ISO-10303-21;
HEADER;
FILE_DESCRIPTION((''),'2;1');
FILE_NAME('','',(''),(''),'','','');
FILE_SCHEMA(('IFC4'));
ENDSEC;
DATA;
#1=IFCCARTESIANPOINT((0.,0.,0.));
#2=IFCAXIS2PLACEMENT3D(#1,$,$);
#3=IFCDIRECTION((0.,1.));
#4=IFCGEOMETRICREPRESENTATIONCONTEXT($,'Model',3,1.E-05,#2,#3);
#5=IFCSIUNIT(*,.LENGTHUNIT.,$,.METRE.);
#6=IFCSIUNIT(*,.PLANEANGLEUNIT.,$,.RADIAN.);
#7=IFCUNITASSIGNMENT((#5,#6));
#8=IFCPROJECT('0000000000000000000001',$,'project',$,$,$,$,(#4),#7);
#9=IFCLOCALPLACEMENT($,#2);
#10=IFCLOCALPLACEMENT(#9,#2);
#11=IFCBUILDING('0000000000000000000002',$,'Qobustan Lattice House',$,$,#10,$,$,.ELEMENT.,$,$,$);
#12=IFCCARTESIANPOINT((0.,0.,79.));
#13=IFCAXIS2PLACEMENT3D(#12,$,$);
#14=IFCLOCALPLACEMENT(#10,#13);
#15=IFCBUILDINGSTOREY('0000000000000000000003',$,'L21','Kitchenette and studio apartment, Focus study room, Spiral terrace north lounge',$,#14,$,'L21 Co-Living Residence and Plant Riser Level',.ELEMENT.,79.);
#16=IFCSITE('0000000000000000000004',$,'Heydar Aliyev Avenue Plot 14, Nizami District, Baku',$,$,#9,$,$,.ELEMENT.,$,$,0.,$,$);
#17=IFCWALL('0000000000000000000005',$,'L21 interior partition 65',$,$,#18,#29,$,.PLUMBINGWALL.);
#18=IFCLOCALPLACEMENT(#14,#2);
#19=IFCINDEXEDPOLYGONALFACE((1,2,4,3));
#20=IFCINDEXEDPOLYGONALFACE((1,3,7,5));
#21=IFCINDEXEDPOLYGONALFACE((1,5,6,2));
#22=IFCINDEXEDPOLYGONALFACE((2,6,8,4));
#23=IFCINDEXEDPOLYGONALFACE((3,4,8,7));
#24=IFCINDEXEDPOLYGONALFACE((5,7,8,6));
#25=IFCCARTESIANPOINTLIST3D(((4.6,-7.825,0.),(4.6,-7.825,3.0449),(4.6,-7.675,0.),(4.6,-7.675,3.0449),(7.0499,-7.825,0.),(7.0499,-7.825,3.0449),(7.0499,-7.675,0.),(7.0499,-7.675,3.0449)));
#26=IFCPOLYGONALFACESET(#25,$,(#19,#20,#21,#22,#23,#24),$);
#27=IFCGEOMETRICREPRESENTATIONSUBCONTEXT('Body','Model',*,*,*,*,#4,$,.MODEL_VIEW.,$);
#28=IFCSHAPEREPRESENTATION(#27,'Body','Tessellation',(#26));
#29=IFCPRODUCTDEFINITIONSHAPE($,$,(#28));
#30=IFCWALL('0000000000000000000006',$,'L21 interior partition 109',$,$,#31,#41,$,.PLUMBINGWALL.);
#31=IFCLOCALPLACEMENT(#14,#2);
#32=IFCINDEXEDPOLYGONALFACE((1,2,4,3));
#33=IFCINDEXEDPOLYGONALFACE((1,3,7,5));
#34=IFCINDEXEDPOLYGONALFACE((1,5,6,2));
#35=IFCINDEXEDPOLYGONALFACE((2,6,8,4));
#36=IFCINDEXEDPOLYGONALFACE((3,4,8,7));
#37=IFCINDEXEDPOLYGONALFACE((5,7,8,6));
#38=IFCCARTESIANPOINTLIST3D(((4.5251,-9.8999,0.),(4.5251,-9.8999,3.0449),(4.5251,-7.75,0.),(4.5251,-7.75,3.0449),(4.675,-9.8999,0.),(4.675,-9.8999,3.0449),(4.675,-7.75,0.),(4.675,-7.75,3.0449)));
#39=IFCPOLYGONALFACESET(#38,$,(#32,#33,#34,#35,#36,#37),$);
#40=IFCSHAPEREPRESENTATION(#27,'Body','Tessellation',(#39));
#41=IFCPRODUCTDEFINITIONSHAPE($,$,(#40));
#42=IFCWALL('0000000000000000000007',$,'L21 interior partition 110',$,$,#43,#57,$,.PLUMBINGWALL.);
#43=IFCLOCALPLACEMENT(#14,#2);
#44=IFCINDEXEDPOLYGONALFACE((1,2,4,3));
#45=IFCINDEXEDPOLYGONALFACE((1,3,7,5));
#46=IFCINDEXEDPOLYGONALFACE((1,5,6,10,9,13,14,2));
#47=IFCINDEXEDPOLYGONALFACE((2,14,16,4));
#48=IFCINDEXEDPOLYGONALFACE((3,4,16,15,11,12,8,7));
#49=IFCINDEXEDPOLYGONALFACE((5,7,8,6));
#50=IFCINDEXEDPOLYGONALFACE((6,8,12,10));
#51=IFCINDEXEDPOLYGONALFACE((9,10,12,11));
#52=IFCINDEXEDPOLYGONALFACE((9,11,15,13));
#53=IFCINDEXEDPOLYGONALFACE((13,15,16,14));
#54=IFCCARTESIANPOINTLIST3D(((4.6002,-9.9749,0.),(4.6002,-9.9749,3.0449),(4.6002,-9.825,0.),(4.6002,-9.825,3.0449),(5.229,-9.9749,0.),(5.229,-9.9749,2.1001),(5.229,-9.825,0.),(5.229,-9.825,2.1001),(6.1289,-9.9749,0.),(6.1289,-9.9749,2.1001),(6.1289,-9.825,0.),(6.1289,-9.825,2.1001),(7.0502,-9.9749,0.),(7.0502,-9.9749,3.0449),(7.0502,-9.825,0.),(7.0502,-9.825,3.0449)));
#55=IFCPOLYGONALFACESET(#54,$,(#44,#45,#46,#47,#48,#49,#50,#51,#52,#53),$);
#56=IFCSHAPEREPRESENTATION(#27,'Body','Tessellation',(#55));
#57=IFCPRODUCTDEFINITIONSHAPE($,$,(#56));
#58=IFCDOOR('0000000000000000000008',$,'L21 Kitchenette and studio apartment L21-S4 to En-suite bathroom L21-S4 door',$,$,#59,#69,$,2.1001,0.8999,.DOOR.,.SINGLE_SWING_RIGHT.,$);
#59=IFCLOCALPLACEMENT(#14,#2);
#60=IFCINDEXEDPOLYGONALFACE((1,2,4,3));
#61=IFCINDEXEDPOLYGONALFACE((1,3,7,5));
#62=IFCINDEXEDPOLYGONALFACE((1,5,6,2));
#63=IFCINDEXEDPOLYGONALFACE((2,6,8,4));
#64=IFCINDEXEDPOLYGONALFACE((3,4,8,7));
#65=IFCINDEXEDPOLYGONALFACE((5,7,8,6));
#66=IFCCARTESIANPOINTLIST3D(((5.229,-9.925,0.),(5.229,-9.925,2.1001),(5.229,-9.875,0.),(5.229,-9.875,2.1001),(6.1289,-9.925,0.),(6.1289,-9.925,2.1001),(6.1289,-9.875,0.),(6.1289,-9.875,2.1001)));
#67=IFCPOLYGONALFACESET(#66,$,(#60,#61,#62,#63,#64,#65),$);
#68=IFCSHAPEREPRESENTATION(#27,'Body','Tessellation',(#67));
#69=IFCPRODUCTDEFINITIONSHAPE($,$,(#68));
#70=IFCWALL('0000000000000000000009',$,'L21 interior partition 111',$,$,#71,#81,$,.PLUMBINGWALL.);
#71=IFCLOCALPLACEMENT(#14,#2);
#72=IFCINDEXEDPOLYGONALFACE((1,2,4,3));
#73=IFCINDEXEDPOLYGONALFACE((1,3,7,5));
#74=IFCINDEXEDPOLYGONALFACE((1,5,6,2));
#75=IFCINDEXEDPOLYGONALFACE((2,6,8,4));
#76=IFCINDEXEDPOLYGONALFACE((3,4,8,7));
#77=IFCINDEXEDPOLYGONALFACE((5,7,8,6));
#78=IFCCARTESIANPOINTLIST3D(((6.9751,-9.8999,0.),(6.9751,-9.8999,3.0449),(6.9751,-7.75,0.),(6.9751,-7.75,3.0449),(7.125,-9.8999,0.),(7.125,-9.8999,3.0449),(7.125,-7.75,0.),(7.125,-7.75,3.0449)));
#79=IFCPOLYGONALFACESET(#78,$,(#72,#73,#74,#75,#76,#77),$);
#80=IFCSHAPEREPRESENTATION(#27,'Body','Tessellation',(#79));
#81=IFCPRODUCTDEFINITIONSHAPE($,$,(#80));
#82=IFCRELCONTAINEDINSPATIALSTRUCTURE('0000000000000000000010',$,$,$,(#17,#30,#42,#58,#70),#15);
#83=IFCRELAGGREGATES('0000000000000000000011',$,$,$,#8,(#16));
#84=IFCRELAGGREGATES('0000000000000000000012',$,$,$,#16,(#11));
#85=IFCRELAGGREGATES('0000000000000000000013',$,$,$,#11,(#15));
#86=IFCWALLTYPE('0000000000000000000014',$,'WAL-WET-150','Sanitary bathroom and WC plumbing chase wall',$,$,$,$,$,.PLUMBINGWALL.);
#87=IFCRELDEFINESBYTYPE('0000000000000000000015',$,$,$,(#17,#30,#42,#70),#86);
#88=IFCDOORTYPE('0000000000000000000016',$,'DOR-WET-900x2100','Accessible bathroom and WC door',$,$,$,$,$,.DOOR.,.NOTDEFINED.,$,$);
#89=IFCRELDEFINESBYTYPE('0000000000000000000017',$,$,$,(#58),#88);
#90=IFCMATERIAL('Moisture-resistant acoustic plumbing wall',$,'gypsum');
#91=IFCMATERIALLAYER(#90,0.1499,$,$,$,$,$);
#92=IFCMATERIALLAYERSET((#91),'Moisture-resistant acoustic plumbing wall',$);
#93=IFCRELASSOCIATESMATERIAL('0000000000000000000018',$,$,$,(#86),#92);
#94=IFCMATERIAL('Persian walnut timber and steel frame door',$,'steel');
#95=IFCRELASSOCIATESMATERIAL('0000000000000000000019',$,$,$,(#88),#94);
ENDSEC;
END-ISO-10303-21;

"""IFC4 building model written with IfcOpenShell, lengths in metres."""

from ifc_helpers import new_model, si_unit, direction, frame, frame_2d, origin, place, context, subcontext, project, spatial, rectangle, extrude, material, layer, layer_set, type_object, element, fill, save


model = new_model("IFC4")

# Units and contexts
model_context = context("Model", 3, precision=1e-05, world=origin(), true_north=direction((0.0, 1.0)))
body_context = subcontext(model_context, "Body", "Model", "MODEL_VIEW")
ifc_project = project(units=[si_unit("LENGTHUNIT", "METRE"), si_unit("PLANEANGLEUNIT", "RADIAN")], contexts=[model_context])

# Site, building, storey
site_placement = place(None, origin())
site = spatial("IfcSite", under=ifc_project, at=site_placement, Name="Heydar Aliyev Avenue Plot 14, Nizami District, Baku", CompositionType="ELEMENT", RefElevation=0.0)
building_placement = place(site_placement, origin())
building = spatial("IfcBuilding", under=site, at=building_placement, Name="Qobustan Lattice House", CompositionType="ELEMENT")
storey_placement = place(building_placement, frame((0.0, 0.0, 79.0)))
storey = spatial("IfcBuildingStorey", under=building, at=storey_placement, Name="L21", Description="Kitchenette and studio apartment, Focus study room, Spiral terrace north lounge", LongName="L21 Co-Living Residence and Plant Riser Level", CompositionType="ELEMENT", Elevation=79.0)

# Walls
ifc_material_1 = material(Name="Moisture-resistant acoustic plumbing wall", Category="gypsum")
ifc_layer_1 = layer(ifc_material_1, 0.1499)
ifc_layer_set_1 = layer_set([ifc_layer_1], Name="Moisture-resistant acoustic plumbing wall")
wall_type_1 = type_object("IfcWallType", Name="WAL-WET-150", Description="Sanitary bathroom and WC plumbing chase wall", PredefinedType="PLUMBINGWALL", material=ifc_layer_set_1)
wall_1_placement = place(storey_placement, frame((7.05, -7.75, 0.0), z_axis=(0.0, 0.0, 1.0), x_axis=(-1.0, 0.0, 0.0)))
element("IfcWall", 1, at=wall_1_placement, inside=storey, type_object=wall_type_1, Name="L21 interior partition 65", PredefinedType="PLUMBINGWALL", context=body_context, shape_type="SweptSolid", body=[
    extrude(rectangle(XDim=2.45, YDim=0.1499, at=frame_2d((1.2251, 0.0))), origin(), (0.0, 0.0, 1.0), 3.0449),
])
wall_2_placement = place(storey_placement, frame((4.6001, -7.75, 0.0), z_axis=(0.0, 0.0, 1.0), x_axis=(0.0, -1.0, 0.0)))
element("IfcWall", 2, at=wall_2_placement, inside=storey, type_object=wall_type_1, Name="L21 interior partition 109", PredefinedType="PLUMBINGWALL", context=body_context, shape_type="SweptSolid", body=[
    extrude(rectangle(XDim=2.1499, YDim=0.1499, at=frame_2d((1.075, 0.0))), origin(), (0.0, 0.0, 1.0), 3.0449),
])

# Wall, opening, door
wall_3_placement = place(storey_placement, frame((4.6001, -9.8999, 0.0), z_axis=(0.0, 0.0, 1.0), x_axis=(1.0, 0.0, 0.0)))
wall_3 = element("IfcWall", 3, at=wall_3_placement, inside=storey, type_object=wall_type_1, Name="L21 interior partition 110", PredefinedType="PLUMBINGWALL", context=body_context, shape_type="SweptSolid", body=[
    extrude(rectangle(XDim=2.45, YDim=0.1499, at=frame_2d((1.2251, 0.0))), origin(), (0.0, 0.0, 1.0), 3.0449),
])
opening_1_placement = place(wall_3_placement, frame((0.6289, 0.0, 0.0)))
opening_1 = element("IfcOpeningElement", 4, at=opening_1_placement, cuts=wall_3, PredefinedType="OPENING", context=body_context, shape_type="SweptSolid", body=[
    extrude(rectangle(XDim=0.8999, YDim=2.1001, at=frame_2d((0.45, 1.05))), frame((0.0, 0.085, 0.0), z_axis=(0.0, -1.0, 0.0), x_axis=(1.0, 0.0, 0.0)), (0.0, 0.0, 1.0), 0.1699),
])
ifc_material_2 = material(Name="Persian walnut timber and steel frame door", Category="steel")
door_type_1 = type_object("IfcDoorType", Name="DOR-WET-900x2100", Description="Accessible bathroom and WC door", OperationType="NOTDEFINED", PredefinedType="DOOR", material=ifc_material_2)
door_1_placement = place(opening_1_placement, origin())
door_1 = element("IfcDoor", 5, at=door_1_placement, inside=storey, type_object=door_type_1, Name="L21 Kitchenette and studio apartment L21-S4 to En-suite bathroom L21-S4 door", OperationType="SINGLE_SWING_RIGHT", OverallHeight=2.1001, OverallWidth=0.8999, PredefinedType="DOOR", context=body_context, shape_type="SweptSolid", body=[
    extrude(rectangle(XDim=0.8999, YDim=2.1001, at=frame_2d((0.45, 1.05))), frame((0.0, 0.0249, 0.0), z_axis=(0.0, -1.0, 0.0), x_axis=(1.0, 0.0, 0.0)), (0.0, 0.0, 1.0), 0.05),
])
fill(opening_1, door_1)

# Wall
wall_4_placement = place(storey_placement, frame((7.05, -9.8999, 0.0), z_axis=(0.0, 0.0, 1.0), x_axis=(0.0, 1.0, 0.0)))
element("IfcWall", 6, at=wall_4_placement, inside=storey, type_object=wall_type_1, Name="L21 interior partition 111", PredefinedType="PLUMBINGWALL", context=body_context, shape_type="SweptSolid", body=[
    extrude(rectangle(XDim=2.1499, YDim=0.1499, at=frame_2d((1.075, 0.0))), origin(), (0.0, 0.0, 1.0), 3.0449),
])

save(model, "model.ifc")
